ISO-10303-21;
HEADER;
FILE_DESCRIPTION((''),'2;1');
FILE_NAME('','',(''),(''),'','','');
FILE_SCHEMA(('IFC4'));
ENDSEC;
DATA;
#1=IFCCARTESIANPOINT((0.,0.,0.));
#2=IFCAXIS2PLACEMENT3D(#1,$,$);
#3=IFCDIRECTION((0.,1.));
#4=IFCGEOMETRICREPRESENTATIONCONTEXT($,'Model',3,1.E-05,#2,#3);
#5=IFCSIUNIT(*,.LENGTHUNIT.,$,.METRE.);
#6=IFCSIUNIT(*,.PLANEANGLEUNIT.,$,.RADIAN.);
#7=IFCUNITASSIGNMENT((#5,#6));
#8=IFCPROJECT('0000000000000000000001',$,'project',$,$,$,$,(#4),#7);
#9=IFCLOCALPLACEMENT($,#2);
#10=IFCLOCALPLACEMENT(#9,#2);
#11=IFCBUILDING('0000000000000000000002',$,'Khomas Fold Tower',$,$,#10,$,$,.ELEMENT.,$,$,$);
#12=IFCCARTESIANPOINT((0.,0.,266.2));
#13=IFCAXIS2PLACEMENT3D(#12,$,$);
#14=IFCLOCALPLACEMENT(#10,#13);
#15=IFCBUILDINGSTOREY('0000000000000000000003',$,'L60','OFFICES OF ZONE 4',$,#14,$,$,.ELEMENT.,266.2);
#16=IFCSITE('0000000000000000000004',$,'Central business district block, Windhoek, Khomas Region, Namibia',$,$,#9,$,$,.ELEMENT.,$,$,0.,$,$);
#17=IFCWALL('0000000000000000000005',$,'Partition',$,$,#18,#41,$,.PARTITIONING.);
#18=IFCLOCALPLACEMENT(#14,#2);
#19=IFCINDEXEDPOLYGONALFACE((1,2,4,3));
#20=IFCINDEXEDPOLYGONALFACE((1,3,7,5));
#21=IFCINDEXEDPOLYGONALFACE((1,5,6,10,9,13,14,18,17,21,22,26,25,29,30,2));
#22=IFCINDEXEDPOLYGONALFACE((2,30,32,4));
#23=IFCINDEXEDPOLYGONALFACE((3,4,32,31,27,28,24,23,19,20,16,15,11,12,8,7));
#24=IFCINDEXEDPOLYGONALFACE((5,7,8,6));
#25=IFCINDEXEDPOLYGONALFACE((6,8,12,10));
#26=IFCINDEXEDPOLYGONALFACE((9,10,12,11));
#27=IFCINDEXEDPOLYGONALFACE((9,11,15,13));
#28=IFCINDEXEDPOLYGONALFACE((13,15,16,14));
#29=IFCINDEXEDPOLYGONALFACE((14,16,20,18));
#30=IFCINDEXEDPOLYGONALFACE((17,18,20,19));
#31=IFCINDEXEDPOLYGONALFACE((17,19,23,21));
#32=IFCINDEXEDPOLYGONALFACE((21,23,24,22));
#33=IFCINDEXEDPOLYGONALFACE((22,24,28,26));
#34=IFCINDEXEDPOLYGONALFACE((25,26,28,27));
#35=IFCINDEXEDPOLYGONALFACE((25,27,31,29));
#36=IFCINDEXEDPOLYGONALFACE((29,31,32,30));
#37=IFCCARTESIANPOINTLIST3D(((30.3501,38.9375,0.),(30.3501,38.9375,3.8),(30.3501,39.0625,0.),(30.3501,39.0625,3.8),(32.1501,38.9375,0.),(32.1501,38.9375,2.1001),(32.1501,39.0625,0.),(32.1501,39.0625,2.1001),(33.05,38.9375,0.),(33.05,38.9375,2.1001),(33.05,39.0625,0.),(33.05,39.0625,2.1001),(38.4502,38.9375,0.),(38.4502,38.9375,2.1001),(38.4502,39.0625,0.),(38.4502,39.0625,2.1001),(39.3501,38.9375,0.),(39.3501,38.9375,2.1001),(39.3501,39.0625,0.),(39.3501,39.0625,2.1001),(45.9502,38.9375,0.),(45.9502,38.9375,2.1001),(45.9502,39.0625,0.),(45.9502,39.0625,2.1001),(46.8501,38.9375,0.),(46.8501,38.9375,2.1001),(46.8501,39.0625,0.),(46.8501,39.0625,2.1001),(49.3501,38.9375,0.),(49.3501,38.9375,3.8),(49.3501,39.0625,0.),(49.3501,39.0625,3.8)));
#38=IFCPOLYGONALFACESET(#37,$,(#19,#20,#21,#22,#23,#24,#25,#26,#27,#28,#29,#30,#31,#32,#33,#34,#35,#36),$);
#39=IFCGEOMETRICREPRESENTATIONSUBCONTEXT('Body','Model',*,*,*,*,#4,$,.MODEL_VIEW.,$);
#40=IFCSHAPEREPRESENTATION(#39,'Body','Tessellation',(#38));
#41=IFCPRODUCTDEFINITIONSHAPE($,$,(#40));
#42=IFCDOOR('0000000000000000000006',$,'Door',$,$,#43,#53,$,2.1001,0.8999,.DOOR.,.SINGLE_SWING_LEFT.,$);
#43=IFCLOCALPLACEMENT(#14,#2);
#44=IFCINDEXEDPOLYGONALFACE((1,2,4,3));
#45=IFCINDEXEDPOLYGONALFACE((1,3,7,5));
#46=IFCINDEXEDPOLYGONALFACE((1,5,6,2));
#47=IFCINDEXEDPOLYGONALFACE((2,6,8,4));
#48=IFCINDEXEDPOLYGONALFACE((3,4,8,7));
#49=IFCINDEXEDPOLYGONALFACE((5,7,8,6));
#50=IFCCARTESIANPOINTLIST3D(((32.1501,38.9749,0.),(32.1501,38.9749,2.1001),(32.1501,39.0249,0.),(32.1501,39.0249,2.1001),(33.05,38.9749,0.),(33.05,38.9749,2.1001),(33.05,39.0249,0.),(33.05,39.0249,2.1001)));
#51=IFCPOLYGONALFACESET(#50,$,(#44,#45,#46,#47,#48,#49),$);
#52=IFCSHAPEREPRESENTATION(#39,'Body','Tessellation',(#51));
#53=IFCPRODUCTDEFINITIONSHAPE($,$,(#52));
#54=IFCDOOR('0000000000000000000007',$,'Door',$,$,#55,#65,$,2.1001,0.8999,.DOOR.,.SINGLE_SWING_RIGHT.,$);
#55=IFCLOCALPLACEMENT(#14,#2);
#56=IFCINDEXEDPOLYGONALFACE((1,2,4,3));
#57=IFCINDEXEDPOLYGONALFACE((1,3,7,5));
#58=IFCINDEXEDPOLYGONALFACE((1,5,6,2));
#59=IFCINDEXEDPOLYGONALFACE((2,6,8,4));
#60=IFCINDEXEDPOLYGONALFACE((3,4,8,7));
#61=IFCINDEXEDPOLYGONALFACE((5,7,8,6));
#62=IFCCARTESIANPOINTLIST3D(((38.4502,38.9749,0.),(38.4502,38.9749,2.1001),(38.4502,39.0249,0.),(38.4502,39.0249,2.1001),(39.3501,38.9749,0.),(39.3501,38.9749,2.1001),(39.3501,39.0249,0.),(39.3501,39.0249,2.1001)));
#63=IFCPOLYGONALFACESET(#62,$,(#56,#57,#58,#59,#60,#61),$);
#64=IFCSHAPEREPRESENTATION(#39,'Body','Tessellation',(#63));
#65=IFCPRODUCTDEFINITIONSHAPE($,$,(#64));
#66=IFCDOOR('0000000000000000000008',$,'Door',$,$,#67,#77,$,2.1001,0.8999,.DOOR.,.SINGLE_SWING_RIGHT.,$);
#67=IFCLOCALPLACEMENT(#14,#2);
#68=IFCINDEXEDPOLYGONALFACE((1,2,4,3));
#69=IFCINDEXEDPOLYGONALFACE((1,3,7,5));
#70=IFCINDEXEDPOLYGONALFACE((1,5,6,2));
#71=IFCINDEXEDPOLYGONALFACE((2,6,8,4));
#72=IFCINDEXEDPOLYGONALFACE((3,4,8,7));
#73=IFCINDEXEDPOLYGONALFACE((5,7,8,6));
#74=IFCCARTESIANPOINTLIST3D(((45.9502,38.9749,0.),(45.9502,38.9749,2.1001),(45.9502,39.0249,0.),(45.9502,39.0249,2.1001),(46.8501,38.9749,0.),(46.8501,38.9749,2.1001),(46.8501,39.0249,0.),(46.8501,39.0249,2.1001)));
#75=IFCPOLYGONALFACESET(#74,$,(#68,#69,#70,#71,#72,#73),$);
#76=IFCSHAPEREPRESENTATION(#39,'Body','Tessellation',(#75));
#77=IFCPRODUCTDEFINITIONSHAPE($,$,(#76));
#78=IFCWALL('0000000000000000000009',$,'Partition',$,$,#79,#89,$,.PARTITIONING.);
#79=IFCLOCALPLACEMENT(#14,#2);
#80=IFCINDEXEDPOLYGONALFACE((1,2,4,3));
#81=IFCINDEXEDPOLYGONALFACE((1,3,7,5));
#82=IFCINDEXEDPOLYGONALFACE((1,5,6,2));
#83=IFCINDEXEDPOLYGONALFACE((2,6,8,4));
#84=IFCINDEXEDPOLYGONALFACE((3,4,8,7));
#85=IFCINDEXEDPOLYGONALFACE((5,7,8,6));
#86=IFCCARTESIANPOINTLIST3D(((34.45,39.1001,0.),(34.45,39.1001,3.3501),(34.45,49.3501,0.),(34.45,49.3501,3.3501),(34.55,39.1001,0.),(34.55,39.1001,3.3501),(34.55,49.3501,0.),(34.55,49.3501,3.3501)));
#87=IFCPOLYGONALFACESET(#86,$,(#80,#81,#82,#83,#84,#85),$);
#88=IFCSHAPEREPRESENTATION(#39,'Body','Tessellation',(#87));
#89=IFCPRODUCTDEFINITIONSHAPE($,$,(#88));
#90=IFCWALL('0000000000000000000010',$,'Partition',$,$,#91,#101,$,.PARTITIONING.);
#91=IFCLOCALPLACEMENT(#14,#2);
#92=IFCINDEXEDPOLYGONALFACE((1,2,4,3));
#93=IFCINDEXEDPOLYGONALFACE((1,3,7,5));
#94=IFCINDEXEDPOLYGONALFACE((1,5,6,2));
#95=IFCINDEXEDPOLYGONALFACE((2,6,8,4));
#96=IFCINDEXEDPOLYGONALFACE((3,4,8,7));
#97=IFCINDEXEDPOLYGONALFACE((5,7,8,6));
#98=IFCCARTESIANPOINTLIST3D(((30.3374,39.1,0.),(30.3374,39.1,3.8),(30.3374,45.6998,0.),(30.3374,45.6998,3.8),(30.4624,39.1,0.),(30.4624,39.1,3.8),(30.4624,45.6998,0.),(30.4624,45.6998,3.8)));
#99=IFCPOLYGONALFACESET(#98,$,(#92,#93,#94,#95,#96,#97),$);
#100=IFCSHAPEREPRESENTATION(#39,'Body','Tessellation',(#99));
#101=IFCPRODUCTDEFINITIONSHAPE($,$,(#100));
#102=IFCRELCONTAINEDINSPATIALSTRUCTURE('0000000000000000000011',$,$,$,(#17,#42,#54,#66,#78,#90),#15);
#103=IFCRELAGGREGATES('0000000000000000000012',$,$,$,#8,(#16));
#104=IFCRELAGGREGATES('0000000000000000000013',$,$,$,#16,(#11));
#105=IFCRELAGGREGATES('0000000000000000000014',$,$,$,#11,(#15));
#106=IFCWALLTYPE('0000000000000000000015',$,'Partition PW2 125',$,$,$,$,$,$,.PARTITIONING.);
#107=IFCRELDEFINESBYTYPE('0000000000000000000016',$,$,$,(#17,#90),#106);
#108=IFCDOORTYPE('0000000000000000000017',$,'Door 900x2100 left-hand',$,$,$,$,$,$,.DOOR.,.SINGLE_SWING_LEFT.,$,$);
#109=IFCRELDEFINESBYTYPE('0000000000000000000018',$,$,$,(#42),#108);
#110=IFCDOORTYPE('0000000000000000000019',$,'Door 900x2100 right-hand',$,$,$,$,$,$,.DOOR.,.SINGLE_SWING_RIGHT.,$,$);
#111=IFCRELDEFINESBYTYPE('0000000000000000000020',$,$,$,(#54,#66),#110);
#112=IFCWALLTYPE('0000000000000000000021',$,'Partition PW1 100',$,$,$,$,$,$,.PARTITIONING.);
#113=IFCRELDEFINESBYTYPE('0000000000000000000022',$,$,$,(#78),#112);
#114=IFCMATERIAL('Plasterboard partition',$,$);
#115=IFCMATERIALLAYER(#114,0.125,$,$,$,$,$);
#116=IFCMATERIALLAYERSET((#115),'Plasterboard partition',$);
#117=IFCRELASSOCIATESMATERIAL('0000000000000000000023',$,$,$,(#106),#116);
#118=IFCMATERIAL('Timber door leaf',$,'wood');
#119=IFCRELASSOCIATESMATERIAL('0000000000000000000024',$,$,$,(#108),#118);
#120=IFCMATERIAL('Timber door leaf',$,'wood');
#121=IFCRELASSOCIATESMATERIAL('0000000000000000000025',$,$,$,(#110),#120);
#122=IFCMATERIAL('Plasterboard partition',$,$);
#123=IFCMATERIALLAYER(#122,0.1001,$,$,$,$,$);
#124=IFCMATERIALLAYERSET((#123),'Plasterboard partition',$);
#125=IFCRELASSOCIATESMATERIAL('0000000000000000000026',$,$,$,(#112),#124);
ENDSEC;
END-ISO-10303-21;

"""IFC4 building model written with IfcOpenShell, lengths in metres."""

from ifc_helpers import new_model, si_unit, direction, frame, frame_2d, origin, place, context, subcontext, project, spatial, rectangle, extrude, source, transform, mapped, material, layer, layer_set, type_object, element, fill, save


model = new_model("IFC4")

# Units and contexts
model_context = context("Model", 3, precision=1e-05, world=origin(), true_north=direction((0.0, 1.0)))
body_context = subcontext(model_context, "Body", "Model", "MODEL_VIEW")
ifc_project = project(units=[si_unit("LENGTHUNIT", "METRE"), si_unit("PLANEANGLEUNIT", "RADIAN")], contexts=[model_context])

# Site, building, storey
site_placement = place(None, origin())
site = spatial("IfcSite", under=ifc_project, at=site_placement, Name="Central business district block, Windhoek, Khomas Region, Namibia", CompositionType="ELEMENT", RefElevation=0.0)
building_placement = place(site_placement, origin())
building = spatial("IfcBuilding", under=site, at=building_placement, Name="Khomas Fold Tower", CompositionType="ELEMENT")
storey_placement = place(building_placement, frame((0.0, 0.0, 266.2)))
storey = spatial("IfcBuildingStorey", under=building, at=storey_placement, Name="L60", Description="OFFICES OF ZONE 4", CompositionType="ELEMENT", Elevation=266.2)

# Shared definitions
ifc_material_1 = material(Name="Plasterboard partition")
ifc_layer_1 = layer(ifc_material_1, 0.125)
ifc_layer_set_1 = layer_set([ifc_layer_1], Name="Plasterboard partition")
wall_type_1 = type_object("IfcWallType", Name="Partition PW2 125", PredefinedType="PARTITIONING", material=ifc_layer_set_1)

# Wall, openings, doors
shared_shape_1 = source(origin(), body_context, "Body", "SweptSolid", [
    extrude(rectangle(XDim=19.0, YDim=0.125, at=frame_2d((9.5, 0.0))), origin(), (0.0, 0.0, 1.0), 3.8),
])
wall_1_placement = place(storey_placement, frame((30.3501, 39.0, 0.0), z_axis=(0.0, 0.0, 1.0), x_axis=(1.0, 0.0, 0.0)))
wall_1 = element("IfcWall", 1, at=wall_1_placement, inside=storey, type_object=wall_type_1, Name="Partition", PredefinedType="PARTITIONING", context=body_context, shape_type="MappedRepresentation", body=[
    mapped(shared_shape_1, transform((0.0, 0.0, 0.0))),
])
shared_shape_2 = source(origin(), body_context, "Body", "SweptSolid", [
    extrude(rectangle(XDim=0.8999, YDim=2.1001, at=frame_2d((0.45, 1.05))), frame((0.0, 0.0725, 0.0), z_axis=(0.0, -1.0, 0.0), x_axis=(1.0, 0.0, 0.0)), (0.0, 0.0, 1.0), 0.145),
])
opening_1_placement = place(wall_1_placement, frame((1.8, 0.0, 0.0)))
opening_1 = element("IfcOpeningElement", 2, at=opening_1_placement, cuts=wall_1, PredefinedType="OPENING", context=body_context, shape_type="MappedRepresentation", body=[
    mapped(shared_shape_2, transform((0.0, 0.0, 0.0))),
])
opening_2_placement = place(wall_1_placement, frame((8.1001, 0.0, 0.0)))
opening_2 = element("IfcOpeningElement", 3, at=opening_2_placement, cuts=wall_1, PredefinedType="OPENING", context=body_context, shape_type="MappedRepresentation", body=[
    mapped(shared_shape_2, transform((0.0, 0.0, 0.0))),
])
opening_3_placement = place(wall_1_placement, frame((15.6001, 0.0, 0.0)))
opening_3 = element("IfcOpeningElement", 4, at=opening_3_placement, cuts=wall_1, PredefinedType="OPENING", context=body_context, shape_type="MappedRepresentation", body=[
    mapped(shared_shape_2, transform((0.0, 0.0, 0.0))),
])
ifc_material_2 = material(Name="Timber door leaf", Category="wood")
door_type_1 = type_object("IfcDoorType", Name="Door 900x2100 left-hand", OperationType="SINGLE_SWING_LEFT", PredefinedType="DOOR", material=ifc_material_2)
shared_shape_3 = source(origin(), body_context, "Body", "SweptSolid", [
    extrude(rectangle(XDim=0.8999, YDim=2.1001, at=frame_2d((0.45, 1.05))), frame((0.0, 0.0249, 0.0), z_axis=(0.0, -1.0, 0.0), x_axis=(1.0, 0.0, 0.0)), (0.0, 0.0, 1.0), 0.05),
])
door_1_placement = place(opening_1_placement, origin())
door_1 = element("IfcDoor", 5, at=door_1_placement, inside=storey, type_object=door_type_1, Name="Door", OperationType="SINGLE_SWING_LEFT", OverallHeight=2.1001, OverallWidth=0.8999, PredefinedType="DOOR", context=body_context, shape_type="MappedRepresentation", body=[
    mapped(shared_shape_3, transform((0.0, 0.0, 0.0))),
])
fill(opening_1, door_1)
ifc_material_3 = material(Name="Timber door leaf", Category="wood")
door_type_2 = type_object("IfcDoorType", Name="Door 900x2100 right-hand", OperationType="SINGLE_SWING_RIGHT", PredefinedType="DOOR", material=ifc_material_3)
door_2_placement = place(opening_2_placement, origin())
door_2 = element("IfcDoor", 6, at=door_2_placement, inside=storey, type_object=door_type_2, Name="Door", OperationType="SINGLE_SWING_RIGHT", OverallHeight=2.1001, OverallWidth=0.8999, PredefinedType="DOOR", context=body_context, shape_type="MappedRepresentation", body=[
    mapped(shared_shape_3, transform((0.0, 0.0, 0.0))),
])
fill(opening_2, door_2)
door_3_placement = place(opening_3_placement, origin())
door_3 = element("IfcDoor", 7, at=door_3_placement, inside=storey, type_object=door_type_2, Name="Door", OperationType="SINGLE_SWING_RIGHT", OverallHeight=2.1001, OverallWidth=0.8999, PredefinedType="DOOR", context=body_context, shape_type="MappedRepresentation", body=[
    mapped(shared_shape_3, transform((0.0, 0.0, 0.0))),
])
fill(opening_3, door_3)

# Walls
ifc_material_4 = material(Name="Plasterboard partition")
ifc_layer_2 = layer(ifc_material_4, 0.1001)
ifc_layer_set_2 = layer_set([ifc_layer_2], Name="Plasterboard partition")
wall_type_2 = type_object("IfcWallType", Name="Partition PW1 100", PredefinedType="PARTITIONING", material=ifc_layer_set_2)
shared_shape_4 = source(origin(), body_context, "Body", "SweptSolid", [
    extrude(rectangle(XDim=10.25, YDim=0.1001, at=frame_2d((5.125, 0.0))), origin(), (0.0, 0.0, 1.0), 3.3501),
])
wall_2_placement = place(storey_placement, frame((34.5, 39.1001, 0.0), z_axis=(0.0, 0.0, 1.0), x_axis=(0.0, 1.0, 0.0)))
element("IfcWall", 8, at=wall_2_placement, inside=storey, type_object=wall_type_2, Name="Partition", PredefinedType="PARTITIONING", context=body_context, shape_type="MappedRepresentation", body=[
    mapped(shared_shape_4, transform((0.0, 0.0, 0.0))),
])
shared_shape_5 = source(origin(), body_context, "Body", "SweptSolid", [
    extrude(rectangle(XDim=6.5999, YDim=0.125, at=frame_2d((3.2998, 0.0))), origin(), (0.0, 0.0, 1.0), 3.8),
])
wall_3_placement = place(storey_placement, frame((30.3999, 39.1001, 0.0), z_axis=(0.0, 0.0, 1.0), x_axis=(0.0, 1.0, 0.0)))
element("IfcWall", 9, at=wall_3_placement, inside=storey, type_object=wall_type_1, Name="Partition", PredefinedType="PARTITIONING", context=body_context, shape_type="MappedRepresentation", body=[
    mapped(shared_shape_5, transform((0.0, 0.0, 0.0))),
])

save(model, "model.ifc")
